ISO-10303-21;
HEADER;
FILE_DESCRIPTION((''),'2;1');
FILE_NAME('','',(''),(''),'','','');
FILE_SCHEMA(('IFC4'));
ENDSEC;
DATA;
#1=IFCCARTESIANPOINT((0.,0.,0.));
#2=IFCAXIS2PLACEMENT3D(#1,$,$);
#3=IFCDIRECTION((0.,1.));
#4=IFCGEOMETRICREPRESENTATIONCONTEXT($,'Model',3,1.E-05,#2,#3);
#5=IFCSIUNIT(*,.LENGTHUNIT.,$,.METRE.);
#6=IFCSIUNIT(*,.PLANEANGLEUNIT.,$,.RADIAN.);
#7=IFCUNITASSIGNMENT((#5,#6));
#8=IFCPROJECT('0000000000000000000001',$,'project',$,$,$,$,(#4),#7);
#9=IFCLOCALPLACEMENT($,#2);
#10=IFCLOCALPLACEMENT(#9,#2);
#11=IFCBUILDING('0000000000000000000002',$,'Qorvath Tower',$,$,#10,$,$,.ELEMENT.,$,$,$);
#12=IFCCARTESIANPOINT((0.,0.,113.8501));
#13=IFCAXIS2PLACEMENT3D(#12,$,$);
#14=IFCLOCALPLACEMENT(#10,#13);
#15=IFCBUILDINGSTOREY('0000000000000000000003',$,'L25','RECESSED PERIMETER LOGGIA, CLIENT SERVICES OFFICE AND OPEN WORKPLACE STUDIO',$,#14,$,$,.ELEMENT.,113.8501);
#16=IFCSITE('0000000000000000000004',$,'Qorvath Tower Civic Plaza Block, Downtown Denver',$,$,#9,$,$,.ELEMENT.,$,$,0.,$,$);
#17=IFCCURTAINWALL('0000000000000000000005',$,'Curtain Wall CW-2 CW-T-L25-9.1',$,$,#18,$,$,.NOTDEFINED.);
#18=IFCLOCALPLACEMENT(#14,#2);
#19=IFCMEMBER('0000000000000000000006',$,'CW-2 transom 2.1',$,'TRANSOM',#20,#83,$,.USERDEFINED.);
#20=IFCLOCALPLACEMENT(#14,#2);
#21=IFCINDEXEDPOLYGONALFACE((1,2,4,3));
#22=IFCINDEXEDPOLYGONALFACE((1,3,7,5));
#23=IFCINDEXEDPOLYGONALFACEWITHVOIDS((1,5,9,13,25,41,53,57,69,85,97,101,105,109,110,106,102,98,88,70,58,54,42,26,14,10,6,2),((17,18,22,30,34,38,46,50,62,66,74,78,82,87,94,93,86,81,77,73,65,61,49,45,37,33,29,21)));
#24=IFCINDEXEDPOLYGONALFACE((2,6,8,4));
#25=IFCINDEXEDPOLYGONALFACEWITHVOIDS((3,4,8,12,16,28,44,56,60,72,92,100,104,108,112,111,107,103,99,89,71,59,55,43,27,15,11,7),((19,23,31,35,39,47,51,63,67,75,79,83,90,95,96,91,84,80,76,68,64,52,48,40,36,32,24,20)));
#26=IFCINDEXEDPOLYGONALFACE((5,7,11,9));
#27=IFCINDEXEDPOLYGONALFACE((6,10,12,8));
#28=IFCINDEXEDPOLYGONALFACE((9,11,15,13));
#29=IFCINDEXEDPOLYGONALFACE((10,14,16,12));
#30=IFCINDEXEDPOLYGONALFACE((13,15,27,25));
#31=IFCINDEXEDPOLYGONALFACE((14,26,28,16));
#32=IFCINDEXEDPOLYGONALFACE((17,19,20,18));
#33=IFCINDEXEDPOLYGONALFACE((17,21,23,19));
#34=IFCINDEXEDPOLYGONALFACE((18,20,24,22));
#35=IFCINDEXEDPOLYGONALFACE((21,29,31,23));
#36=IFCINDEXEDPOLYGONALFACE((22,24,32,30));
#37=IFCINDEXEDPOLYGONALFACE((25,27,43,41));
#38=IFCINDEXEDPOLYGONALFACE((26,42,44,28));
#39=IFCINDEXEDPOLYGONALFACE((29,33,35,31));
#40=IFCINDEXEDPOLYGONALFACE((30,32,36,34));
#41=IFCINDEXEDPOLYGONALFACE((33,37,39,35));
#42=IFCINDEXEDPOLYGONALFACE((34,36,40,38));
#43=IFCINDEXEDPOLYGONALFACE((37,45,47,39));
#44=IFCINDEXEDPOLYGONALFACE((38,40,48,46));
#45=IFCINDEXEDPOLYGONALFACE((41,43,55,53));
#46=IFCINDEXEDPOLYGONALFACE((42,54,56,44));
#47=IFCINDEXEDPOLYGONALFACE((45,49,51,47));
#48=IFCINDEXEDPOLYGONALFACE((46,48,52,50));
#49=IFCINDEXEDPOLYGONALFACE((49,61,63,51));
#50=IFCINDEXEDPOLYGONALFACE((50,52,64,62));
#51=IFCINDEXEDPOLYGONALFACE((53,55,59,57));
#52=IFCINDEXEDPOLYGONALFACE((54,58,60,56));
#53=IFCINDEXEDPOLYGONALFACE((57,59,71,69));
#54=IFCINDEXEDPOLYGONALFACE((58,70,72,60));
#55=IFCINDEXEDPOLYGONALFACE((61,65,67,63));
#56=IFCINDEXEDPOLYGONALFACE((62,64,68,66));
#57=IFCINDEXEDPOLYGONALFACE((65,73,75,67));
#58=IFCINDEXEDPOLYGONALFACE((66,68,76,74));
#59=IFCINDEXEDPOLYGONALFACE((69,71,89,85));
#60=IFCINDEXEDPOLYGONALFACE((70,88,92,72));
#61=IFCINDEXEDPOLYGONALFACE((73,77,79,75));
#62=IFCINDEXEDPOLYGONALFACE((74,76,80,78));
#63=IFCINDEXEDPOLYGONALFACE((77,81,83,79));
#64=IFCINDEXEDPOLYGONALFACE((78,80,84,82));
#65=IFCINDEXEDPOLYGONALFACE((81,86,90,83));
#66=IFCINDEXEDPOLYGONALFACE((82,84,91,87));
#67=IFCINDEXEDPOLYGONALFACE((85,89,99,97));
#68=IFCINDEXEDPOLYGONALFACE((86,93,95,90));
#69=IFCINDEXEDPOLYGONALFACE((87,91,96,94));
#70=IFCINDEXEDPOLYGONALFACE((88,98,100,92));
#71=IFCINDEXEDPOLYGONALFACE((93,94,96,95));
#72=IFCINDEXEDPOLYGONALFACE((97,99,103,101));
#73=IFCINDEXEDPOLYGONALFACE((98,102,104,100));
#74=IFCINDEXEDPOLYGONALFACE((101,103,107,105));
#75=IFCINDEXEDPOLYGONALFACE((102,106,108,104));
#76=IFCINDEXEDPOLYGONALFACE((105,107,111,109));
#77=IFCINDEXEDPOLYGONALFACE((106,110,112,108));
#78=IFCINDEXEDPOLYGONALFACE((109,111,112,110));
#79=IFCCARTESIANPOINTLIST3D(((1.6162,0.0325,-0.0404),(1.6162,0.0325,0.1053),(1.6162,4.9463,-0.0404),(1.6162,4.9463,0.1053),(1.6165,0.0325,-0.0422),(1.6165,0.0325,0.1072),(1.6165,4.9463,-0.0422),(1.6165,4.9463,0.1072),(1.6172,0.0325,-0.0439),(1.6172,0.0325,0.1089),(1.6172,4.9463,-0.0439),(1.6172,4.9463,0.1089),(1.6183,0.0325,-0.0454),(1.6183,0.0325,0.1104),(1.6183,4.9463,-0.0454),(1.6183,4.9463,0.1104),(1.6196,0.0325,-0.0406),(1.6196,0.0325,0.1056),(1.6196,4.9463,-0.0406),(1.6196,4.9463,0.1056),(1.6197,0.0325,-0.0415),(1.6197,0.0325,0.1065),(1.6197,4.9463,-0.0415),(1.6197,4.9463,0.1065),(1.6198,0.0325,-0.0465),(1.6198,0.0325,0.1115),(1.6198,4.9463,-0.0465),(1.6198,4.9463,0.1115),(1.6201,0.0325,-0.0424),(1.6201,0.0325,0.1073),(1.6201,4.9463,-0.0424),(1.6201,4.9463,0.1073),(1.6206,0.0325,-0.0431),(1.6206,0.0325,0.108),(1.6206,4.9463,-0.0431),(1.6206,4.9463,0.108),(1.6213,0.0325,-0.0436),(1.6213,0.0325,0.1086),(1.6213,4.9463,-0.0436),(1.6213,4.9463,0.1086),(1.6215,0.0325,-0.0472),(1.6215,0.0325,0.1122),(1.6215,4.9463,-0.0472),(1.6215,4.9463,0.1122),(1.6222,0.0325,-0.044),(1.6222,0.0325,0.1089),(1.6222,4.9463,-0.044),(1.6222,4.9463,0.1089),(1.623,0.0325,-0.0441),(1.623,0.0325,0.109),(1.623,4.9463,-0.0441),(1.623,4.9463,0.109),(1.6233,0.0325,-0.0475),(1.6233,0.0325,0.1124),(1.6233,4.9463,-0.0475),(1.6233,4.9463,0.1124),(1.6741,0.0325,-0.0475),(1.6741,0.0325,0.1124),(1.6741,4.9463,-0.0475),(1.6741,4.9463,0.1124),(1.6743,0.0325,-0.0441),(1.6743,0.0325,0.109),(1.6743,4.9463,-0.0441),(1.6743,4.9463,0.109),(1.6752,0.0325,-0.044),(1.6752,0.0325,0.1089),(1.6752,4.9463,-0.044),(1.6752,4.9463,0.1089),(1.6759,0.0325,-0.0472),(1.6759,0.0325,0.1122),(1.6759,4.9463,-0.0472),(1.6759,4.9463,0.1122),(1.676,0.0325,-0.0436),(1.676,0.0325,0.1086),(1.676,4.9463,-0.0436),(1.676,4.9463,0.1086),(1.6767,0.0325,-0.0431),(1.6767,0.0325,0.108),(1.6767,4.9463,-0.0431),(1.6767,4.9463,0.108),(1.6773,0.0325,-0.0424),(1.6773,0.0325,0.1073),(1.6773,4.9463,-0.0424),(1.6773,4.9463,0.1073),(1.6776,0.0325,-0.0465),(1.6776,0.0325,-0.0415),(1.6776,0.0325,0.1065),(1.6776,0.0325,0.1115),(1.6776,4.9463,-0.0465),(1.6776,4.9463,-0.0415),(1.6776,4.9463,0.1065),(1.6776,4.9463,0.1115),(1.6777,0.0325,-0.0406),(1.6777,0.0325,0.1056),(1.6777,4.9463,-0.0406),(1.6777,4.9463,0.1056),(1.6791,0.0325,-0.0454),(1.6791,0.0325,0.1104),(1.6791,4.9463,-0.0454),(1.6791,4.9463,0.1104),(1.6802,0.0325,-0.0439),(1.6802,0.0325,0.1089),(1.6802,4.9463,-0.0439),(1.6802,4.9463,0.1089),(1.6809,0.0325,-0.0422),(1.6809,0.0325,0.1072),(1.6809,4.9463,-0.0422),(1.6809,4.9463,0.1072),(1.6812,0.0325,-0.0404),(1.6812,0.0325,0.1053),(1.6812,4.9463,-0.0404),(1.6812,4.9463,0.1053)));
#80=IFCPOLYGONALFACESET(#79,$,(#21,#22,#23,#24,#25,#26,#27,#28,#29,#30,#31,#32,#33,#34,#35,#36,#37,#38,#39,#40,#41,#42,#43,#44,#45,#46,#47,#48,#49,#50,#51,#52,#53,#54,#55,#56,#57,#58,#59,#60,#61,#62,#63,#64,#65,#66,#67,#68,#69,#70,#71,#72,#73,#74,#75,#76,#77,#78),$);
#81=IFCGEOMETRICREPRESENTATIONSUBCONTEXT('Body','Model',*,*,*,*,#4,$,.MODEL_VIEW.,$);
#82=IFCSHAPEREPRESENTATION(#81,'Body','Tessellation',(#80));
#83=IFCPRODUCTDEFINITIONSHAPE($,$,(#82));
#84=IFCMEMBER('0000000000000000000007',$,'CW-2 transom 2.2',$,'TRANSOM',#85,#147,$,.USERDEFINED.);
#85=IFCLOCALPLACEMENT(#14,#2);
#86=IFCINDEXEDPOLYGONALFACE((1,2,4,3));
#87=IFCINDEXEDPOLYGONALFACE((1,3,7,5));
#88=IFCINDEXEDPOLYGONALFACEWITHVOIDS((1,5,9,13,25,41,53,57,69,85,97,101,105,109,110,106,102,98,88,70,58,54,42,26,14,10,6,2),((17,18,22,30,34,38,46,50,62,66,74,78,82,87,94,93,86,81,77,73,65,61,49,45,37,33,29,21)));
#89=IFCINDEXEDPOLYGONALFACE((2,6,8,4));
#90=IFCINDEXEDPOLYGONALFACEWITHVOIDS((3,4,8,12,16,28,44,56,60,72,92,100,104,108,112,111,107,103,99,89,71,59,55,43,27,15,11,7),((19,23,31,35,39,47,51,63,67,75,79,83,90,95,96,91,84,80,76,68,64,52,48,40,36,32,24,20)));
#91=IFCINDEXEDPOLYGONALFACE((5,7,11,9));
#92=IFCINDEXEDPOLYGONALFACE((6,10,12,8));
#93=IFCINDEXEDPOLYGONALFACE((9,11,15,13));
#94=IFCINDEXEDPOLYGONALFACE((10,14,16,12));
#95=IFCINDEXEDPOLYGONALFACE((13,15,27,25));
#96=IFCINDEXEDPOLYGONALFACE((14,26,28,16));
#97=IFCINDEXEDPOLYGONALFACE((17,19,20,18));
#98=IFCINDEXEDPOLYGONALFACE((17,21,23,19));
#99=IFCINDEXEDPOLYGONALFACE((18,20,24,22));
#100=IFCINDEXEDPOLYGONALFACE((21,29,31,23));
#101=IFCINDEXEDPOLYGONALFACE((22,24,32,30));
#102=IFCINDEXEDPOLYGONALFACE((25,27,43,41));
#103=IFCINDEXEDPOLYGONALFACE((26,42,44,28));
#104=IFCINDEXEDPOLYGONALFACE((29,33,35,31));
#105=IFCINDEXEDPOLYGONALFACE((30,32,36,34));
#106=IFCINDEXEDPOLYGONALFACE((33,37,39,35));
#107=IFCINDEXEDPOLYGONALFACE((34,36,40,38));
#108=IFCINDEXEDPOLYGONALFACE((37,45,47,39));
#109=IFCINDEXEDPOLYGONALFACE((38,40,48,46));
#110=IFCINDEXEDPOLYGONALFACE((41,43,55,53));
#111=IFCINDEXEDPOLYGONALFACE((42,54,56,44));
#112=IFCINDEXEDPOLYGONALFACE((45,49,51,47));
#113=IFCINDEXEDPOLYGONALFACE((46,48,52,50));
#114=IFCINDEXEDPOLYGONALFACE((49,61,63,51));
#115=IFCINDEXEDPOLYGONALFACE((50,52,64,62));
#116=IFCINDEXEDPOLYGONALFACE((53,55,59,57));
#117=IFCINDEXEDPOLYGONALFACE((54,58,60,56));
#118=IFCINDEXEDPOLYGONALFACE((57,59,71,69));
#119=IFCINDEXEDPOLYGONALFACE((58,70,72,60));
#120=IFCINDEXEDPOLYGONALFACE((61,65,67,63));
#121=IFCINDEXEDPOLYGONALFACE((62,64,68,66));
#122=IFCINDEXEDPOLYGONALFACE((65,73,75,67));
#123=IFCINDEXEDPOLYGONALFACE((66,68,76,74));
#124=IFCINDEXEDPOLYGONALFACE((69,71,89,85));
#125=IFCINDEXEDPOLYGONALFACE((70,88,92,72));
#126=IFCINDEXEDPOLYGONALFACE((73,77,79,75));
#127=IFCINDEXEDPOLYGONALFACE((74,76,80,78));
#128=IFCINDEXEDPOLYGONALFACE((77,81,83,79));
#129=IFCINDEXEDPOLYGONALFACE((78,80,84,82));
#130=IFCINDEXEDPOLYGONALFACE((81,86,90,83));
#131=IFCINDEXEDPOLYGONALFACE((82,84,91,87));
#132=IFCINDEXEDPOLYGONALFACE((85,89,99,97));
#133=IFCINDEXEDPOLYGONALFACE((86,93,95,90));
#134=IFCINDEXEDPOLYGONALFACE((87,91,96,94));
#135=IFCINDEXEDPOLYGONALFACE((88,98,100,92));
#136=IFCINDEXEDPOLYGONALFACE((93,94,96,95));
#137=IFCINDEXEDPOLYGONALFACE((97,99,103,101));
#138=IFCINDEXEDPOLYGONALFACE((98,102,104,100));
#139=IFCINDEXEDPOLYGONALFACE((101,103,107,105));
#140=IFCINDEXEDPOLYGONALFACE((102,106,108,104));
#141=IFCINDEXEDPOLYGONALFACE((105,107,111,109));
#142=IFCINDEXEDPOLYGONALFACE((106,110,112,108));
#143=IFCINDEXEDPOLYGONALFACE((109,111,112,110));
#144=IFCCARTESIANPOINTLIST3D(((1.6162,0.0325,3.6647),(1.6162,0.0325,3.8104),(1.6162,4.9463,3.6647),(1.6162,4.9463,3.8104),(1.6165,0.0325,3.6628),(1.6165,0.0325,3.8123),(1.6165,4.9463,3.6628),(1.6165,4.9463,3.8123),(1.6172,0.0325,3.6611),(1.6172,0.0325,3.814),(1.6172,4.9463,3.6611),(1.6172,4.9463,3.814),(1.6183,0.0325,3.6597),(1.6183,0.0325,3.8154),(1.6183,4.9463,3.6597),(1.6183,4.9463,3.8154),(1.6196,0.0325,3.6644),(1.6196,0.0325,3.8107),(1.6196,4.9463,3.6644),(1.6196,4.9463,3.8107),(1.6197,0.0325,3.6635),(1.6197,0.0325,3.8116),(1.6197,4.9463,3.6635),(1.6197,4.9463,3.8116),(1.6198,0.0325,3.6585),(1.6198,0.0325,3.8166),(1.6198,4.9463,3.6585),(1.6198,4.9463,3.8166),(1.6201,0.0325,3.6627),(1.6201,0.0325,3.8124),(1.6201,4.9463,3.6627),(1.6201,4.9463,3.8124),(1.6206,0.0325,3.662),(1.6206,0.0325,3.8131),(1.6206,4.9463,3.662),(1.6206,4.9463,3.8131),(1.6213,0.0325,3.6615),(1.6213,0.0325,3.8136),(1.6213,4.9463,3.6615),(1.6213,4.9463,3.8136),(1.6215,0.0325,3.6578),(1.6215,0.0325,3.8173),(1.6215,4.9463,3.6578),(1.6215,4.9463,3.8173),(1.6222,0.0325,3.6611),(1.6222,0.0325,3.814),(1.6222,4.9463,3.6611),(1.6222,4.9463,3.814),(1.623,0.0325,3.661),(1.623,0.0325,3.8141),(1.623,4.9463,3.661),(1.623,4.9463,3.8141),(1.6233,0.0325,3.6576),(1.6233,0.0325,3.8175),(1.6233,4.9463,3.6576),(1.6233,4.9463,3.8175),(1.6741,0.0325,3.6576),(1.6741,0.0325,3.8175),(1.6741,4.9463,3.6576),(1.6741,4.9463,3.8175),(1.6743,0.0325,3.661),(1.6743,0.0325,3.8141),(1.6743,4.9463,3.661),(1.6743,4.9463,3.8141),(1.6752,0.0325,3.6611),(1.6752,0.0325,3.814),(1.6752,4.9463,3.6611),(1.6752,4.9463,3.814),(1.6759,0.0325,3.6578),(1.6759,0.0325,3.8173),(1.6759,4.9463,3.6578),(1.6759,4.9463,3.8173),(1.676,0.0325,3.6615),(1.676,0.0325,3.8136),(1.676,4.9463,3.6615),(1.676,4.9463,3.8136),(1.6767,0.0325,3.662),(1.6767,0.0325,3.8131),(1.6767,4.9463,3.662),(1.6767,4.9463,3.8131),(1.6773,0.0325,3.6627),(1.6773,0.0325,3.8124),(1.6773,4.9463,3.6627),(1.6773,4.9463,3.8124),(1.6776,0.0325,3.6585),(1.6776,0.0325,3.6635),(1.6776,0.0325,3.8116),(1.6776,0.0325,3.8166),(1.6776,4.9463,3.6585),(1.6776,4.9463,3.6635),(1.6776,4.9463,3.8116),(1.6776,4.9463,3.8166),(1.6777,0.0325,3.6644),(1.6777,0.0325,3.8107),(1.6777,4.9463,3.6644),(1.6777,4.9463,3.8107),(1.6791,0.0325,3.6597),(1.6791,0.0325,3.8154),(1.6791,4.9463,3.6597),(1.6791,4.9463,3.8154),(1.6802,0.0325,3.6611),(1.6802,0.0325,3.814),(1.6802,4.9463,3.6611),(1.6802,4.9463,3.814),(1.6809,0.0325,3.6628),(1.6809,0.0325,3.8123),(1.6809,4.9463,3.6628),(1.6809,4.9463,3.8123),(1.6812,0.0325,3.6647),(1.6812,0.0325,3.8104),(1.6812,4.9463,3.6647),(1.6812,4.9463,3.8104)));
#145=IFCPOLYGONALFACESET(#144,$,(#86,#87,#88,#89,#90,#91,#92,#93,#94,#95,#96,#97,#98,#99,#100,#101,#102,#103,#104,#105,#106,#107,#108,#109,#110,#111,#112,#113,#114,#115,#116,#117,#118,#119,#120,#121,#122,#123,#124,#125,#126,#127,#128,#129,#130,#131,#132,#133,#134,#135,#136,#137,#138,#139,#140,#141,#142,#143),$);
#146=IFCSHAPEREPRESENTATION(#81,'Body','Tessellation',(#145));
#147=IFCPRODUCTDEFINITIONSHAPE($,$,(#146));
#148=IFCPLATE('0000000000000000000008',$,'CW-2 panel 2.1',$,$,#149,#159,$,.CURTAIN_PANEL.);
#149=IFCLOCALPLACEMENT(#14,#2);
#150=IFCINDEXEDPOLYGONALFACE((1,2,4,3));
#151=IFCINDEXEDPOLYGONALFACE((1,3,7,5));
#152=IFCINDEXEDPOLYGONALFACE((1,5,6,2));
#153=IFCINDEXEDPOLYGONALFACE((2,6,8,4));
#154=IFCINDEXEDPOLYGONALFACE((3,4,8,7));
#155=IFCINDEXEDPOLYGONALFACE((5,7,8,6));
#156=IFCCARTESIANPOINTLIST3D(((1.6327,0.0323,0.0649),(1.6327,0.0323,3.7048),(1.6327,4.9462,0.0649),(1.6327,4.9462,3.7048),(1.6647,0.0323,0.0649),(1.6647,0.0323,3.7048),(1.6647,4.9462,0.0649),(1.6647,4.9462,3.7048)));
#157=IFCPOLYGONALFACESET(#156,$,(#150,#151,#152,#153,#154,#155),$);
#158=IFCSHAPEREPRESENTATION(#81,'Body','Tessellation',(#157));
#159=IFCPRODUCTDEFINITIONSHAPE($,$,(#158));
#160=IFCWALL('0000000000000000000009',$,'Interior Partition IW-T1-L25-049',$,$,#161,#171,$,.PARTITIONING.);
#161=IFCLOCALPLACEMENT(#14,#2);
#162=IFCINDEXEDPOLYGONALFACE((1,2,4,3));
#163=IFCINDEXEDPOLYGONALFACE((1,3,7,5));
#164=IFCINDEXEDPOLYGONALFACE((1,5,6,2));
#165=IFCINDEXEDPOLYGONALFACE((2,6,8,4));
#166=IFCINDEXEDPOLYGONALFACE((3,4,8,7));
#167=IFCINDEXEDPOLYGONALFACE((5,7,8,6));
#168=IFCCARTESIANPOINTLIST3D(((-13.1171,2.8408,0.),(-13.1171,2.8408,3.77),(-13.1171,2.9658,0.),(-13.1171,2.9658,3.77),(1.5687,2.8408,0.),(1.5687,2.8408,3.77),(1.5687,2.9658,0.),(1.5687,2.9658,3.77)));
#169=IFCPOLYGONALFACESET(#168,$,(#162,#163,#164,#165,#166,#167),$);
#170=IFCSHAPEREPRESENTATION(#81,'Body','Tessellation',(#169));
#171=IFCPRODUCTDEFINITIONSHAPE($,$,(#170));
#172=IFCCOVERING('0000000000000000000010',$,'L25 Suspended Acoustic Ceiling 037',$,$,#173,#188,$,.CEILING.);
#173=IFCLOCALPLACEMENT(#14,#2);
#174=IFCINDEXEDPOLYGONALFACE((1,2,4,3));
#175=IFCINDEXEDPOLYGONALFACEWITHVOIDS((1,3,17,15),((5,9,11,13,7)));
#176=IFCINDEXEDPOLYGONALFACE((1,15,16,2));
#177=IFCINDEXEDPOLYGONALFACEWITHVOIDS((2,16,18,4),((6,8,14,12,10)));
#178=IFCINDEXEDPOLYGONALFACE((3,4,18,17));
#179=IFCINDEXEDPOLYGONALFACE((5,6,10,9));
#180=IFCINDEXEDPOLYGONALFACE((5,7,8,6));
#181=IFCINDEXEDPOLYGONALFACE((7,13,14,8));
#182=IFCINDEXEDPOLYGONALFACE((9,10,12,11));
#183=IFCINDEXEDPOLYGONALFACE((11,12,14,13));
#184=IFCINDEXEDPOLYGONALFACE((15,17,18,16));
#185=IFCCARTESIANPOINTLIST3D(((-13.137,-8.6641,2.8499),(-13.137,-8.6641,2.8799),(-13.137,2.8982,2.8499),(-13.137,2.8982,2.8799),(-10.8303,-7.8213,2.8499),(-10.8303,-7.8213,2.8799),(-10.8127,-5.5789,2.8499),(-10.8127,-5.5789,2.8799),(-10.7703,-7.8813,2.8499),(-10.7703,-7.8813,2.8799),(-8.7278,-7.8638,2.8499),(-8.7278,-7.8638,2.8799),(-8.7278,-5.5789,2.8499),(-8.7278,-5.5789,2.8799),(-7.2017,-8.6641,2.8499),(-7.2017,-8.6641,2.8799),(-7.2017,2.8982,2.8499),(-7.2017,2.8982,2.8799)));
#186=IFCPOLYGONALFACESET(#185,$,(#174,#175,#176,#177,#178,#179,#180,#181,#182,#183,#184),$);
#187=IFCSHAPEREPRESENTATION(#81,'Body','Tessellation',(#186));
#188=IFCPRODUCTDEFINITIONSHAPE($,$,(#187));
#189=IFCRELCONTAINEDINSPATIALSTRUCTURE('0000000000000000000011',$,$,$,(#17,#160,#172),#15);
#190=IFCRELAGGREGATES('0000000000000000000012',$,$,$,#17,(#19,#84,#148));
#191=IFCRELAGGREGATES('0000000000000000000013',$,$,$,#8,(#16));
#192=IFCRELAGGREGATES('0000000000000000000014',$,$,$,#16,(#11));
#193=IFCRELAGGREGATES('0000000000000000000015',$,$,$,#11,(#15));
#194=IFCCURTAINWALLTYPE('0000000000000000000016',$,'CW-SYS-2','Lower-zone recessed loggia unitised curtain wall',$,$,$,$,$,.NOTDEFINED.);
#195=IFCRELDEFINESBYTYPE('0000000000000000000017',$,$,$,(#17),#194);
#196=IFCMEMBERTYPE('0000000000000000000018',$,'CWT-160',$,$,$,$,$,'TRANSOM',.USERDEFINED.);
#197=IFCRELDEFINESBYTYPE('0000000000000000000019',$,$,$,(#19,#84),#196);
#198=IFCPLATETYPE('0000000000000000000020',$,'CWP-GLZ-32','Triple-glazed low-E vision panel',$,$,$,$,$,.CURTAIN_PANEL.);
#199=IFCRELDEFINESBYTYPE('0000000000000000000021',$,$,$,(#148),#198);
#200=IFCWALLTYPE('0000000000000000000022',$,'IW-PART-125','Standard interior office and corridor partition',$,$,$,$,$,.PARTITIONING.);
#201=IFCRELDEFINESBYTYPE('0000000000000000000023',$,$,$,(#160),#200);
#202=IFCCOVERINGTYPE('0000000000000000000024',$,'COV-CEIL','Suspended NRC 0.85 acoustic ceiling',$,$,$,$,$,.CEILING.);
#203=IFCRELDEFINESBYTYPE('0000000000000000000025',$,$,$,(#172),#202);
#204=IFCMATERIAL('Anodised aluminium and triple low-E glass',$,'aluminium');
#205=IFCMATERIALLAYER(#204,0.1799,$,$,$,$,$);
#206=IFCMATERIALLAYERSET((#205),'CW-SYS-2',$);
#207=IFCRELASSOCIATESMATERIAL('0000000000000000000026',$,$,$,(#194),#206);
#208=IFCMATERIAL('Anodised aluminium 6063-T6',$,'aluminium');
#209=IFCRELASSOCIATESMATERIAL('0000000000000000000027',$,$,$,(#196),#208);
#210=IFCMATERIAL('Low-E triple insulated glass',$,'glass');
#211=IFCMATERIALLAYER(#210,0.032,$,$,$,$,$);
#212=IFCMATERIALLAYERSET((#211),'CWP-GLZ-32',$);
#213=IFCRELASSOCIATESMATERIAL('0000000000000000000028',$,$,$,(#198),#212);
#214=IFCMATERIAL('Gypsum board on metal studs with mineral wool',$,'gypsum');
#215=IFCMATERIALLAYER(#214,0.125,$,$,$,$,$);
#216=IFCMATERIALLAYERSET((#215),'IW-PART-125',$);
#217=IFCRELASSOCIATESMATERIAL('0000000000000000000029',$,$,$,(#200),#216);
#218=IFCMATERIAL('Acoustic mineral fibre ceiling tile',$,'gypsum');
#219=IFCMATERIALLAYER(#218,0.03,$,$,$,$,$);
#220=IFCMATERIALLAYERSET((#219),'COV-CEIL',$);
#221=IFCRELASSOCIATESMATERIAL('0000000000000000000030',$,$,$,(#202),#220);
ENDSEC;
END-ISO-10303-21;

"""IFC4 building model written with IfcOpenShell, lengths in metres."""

from ifc_helpers import new_model, si_unit, direction, frame, frame_2d, origin, origin_2d, place, context, subcontext, project, spatial, polyline, rectangle, hollow_rectangle, outline, extrude, material, layer, layer_set, material_profile, profile_set, type_object, element, aggregate, save


model = new_model("IFC4")

# Units and contexts
model_context = context("Model", 3, precision=1e-05, world=origin(), true_north=direction((0.0, 1.0)))
body_context = subcontext(model_context, "Body", "Model", "MODEL_VIEW")
ifc_project = project(units=[si_unit("LENGTHUNIT", "METRE"), si_unit("PLANEANGLEUNIT", "RADIAN")], contexts=[model_context])

# Site, building, storey
site_placement = place(None, origin())
site = spatial("IfcSite", under=ifc_project, at=site_placement, Name="Qorvath Tower Civic Plaza Block, Downtown Denver", CompositionType="ELEMENT", RefElevation=0.0)
building_placement = place(site_placement, origin())
building = spatial("IfcBuilding", under=site, at=building_placement, Name="Qorvath Tower", CompositionType="ELEMENT")
storey_placement = place(building_placement, frame((0.0, 0.0, 113.8501)))
storey = spatial("IfcBuildingStorey", under=building, at=storey_placement, Name="L25", Description="RECESSED PERIMETER LOGGIA, CLIENT SERVICES OFFICE AND OPEN WORKPLACE STUDIO", CompositionType="ELEMENT", Elevation=113.8501)

# Curtain wall, members, plate
ifc_material_1 = material(Name="Anodised aluminium and triple low-E glass", Category="aluminium")
ifc_layer_1 = layer(ifc_material_1, 0.1799)
ifc_layer_set_1 = layer_set([ifc_layer_1], Name="CW-SYS-2")
curtain_wall_type = type_object("IfcCurtainWallType", Name="CW-SYS-2", Description="Lower-zone recessed loggia unitised curtain wall", PredefinedType="NOTDEFINED", material=ifc_layer_set_1)
curtain_wall_placement = place(storey_placement, origin())
curtain_wall = element("IfcCurtainWall", 1, at=curtain_wall_placement, inside=storey, type_object=curtain_wall_type, Name="Curtain Wall CW-2 CW-T-L25-9.1", PredefinedType="NOTDEFINED")
ifc_material_2 = material(Name="Anodised aluminium 6063-T6", Category="aluminium")
ifc_material_profile_1 = material_profile(ifc_material_2, hollow_rectangle(XDim=0.0649, YDim=0.1599, WallThickness=0.0034, InnerFilletRadius=0.0034, OuterFilletRadius=0.0071, at=origin_2d()), Name="CWT 160x65")
ifc_profile_set_1 = profile_set([ifc_material_profile_1], Name="Anodised aluminium 6063-T6")
member_type_1 = type_object("IfcMemberType", Name="CWT-160", ElementType="TRANSOM", PredefinedType="USERDEFINED", material=ifc_profile_set_1)
member_1_placement = place(storey_placement, frame((1.6487, 0.0325, 0.0325), z_axis=(0.0, 1.0, 0.0), x_axis=(-1.0, 0.0, 0.0)))
member_1 = element("IfcMember", 2, at=member_1_placement, type_object=member_type_1, Name="CW-2 transom 2.1", ObjectType="TRANSOM", PredefinedType="USERDEFINED", context=body_context, shape_type="SweptSolid", body=[
    extrude(hollow_rectangle(XDim=0.0649, YDim=0.1599, WallThickness=0.0034, InnerFilletRadius=0.0034, OuterFilletRadius=0.0071, at=origin_2d()), origin(), (0.0, 0.0, 1.0), 4.9138),
])
member_2_placement = place(storey_placement, frame((1.6487, 0.0325, 3.7375), z_axis=(0.0, 1.0, 0.0), x_axis=(-1.0, 0.0, 0.0)))
member_2 = element("IfcMember", 3, at=member_2_placement, type_object=member_type_1, Name="CW-2 transom 2.2", ObjectType="TRANSOM", PredefinedType="USERDEFINED", context=body_context, shape_type="SweptSolid", body=[
    extrude(hollow_rectangle(XDim=0.0649, YDim=0.1599, WallThickness=0.0034, InnerFilletRadius=0.0034, OuterFilletRadius=0.0071, at=origin_2d()), origin(), (0.0, 0.0, 1.0), 4.9138),
])
ifc_material_3 = material(Name="Low-E triple insulated glass", Category="glass")
ifc_layer_2 = layer(ifc_material_3, 0.032)
ifc_layer_set_2 = layer_set([ifc_layer_2], Name="CWP-GLZ-32")
plate_type = type_object("IfcPlateType", Name="CWP-GLZ-32", Description="Triple-glazed low-E vision panel", PredefinedType="CURTAIN_PANEL", material=ifc_layer_set_2)
plate_placement = place(storey_placement, frame((1.6487, 2.4893, 0.0649), z_axis=(0.0, 0.0, 1.0), x_axis=(0.0, 1.0, 0.0)))
plate = element("IfcPlate", 4, at=plate_placement, type_object=plate_type, Name="CW-2 panel 2.1", PredefinedType="CURTAIN_PANEL", context=body_context, shape_type="SweptSolid", body=[
    extrude(rectangle(XDim=4.9138, YDim=0.032, at=origin_2d()), origin(), (0.0, 0.0, 1.0), 3.6399),
])
aggregate(curtain_wall, [member_1, member_2, plate])

# Wall
ifc_material_4 = material(Name="Gypsum board on metal studs with mineral wool", Category="gypsum")
ifc_layer_3 = layer(ifc_material_4, 0.125)
ifc_layer_set_3 = layer_set([ifc_layer_3], Name="IW-PART-125")
wall_type = type_object("IfcWallType", Name="IW-PART-125", Description="Standard interior office and corridor partition", PredefinedType="PARTITIONING", material=ifc_layer_set_3)
wall_placement = place(storey_placement, frame((1.5686, 2.9033, 0.0), z_axis=(0.0, 0.0, 1.0), x_axis=(-1.0, 0.0, 0.0)))
element("IfcWall", 5, at=wall_placement, inside=storey, type_object=wall_type, Name="Interior Partition IW-T1-L25-049", PredefinedType="PARTITIONING", context=body_context, shape_type="SweptSolid", body=[
    extrude(rectangle(XDim=14.6858, YDim=0.125, at=frame_2d((7.3428, 0.0))), origin(), (0.0, 0.0, 1.0), 3.77),
])

# Covering
ifc_material_5 = material(Name="Acoustic mineral fibre ceiling tile", Category="gypsum")
ifc_layer_4 = layer(ifc_material_5, 0.03)
ifc_layer_set_4 = layer_set([ifc_layer_4], Name="COV-CEIL")
covering_type_1 = type_object("IfcCoveringType", Name="COV-CEIL", Description="Suspended NRC 0.85 acoustic ceiling", PredefinedType="CEILING", material=ifc_layer_set_4)
covering_1_placement = place(storey_placement, frame((0.0, 0.0, 2.8499)))
element("IfcCovering", 6, at=covering_1_placement, inside=storey, type_object=covering_type_1, Name="L25 Suspended Acoustic Ceiling 037", PredefinedType="CEILING", context=body_context, shape_type="SweptSolid", body=[
    extrude(outline(polyline([(-7.2017, -8.6641), (-7.2017, 2.8982), (-13.137, 2.8982), (-13.137, -8.6641), (-7.2017, -8.6641)]), holes=[polyline([(-10.8303, -7.8213), (-10.8127, -5.5789), (-8.7278, -5.5789), (-8.7278, -7.8638), (-10.7703, -7.8813), (-10.8303, -7.8213)])]), origin(), (0.0, 0.0, 1.0), 0.03),
])

save(model, "model.ifc")
